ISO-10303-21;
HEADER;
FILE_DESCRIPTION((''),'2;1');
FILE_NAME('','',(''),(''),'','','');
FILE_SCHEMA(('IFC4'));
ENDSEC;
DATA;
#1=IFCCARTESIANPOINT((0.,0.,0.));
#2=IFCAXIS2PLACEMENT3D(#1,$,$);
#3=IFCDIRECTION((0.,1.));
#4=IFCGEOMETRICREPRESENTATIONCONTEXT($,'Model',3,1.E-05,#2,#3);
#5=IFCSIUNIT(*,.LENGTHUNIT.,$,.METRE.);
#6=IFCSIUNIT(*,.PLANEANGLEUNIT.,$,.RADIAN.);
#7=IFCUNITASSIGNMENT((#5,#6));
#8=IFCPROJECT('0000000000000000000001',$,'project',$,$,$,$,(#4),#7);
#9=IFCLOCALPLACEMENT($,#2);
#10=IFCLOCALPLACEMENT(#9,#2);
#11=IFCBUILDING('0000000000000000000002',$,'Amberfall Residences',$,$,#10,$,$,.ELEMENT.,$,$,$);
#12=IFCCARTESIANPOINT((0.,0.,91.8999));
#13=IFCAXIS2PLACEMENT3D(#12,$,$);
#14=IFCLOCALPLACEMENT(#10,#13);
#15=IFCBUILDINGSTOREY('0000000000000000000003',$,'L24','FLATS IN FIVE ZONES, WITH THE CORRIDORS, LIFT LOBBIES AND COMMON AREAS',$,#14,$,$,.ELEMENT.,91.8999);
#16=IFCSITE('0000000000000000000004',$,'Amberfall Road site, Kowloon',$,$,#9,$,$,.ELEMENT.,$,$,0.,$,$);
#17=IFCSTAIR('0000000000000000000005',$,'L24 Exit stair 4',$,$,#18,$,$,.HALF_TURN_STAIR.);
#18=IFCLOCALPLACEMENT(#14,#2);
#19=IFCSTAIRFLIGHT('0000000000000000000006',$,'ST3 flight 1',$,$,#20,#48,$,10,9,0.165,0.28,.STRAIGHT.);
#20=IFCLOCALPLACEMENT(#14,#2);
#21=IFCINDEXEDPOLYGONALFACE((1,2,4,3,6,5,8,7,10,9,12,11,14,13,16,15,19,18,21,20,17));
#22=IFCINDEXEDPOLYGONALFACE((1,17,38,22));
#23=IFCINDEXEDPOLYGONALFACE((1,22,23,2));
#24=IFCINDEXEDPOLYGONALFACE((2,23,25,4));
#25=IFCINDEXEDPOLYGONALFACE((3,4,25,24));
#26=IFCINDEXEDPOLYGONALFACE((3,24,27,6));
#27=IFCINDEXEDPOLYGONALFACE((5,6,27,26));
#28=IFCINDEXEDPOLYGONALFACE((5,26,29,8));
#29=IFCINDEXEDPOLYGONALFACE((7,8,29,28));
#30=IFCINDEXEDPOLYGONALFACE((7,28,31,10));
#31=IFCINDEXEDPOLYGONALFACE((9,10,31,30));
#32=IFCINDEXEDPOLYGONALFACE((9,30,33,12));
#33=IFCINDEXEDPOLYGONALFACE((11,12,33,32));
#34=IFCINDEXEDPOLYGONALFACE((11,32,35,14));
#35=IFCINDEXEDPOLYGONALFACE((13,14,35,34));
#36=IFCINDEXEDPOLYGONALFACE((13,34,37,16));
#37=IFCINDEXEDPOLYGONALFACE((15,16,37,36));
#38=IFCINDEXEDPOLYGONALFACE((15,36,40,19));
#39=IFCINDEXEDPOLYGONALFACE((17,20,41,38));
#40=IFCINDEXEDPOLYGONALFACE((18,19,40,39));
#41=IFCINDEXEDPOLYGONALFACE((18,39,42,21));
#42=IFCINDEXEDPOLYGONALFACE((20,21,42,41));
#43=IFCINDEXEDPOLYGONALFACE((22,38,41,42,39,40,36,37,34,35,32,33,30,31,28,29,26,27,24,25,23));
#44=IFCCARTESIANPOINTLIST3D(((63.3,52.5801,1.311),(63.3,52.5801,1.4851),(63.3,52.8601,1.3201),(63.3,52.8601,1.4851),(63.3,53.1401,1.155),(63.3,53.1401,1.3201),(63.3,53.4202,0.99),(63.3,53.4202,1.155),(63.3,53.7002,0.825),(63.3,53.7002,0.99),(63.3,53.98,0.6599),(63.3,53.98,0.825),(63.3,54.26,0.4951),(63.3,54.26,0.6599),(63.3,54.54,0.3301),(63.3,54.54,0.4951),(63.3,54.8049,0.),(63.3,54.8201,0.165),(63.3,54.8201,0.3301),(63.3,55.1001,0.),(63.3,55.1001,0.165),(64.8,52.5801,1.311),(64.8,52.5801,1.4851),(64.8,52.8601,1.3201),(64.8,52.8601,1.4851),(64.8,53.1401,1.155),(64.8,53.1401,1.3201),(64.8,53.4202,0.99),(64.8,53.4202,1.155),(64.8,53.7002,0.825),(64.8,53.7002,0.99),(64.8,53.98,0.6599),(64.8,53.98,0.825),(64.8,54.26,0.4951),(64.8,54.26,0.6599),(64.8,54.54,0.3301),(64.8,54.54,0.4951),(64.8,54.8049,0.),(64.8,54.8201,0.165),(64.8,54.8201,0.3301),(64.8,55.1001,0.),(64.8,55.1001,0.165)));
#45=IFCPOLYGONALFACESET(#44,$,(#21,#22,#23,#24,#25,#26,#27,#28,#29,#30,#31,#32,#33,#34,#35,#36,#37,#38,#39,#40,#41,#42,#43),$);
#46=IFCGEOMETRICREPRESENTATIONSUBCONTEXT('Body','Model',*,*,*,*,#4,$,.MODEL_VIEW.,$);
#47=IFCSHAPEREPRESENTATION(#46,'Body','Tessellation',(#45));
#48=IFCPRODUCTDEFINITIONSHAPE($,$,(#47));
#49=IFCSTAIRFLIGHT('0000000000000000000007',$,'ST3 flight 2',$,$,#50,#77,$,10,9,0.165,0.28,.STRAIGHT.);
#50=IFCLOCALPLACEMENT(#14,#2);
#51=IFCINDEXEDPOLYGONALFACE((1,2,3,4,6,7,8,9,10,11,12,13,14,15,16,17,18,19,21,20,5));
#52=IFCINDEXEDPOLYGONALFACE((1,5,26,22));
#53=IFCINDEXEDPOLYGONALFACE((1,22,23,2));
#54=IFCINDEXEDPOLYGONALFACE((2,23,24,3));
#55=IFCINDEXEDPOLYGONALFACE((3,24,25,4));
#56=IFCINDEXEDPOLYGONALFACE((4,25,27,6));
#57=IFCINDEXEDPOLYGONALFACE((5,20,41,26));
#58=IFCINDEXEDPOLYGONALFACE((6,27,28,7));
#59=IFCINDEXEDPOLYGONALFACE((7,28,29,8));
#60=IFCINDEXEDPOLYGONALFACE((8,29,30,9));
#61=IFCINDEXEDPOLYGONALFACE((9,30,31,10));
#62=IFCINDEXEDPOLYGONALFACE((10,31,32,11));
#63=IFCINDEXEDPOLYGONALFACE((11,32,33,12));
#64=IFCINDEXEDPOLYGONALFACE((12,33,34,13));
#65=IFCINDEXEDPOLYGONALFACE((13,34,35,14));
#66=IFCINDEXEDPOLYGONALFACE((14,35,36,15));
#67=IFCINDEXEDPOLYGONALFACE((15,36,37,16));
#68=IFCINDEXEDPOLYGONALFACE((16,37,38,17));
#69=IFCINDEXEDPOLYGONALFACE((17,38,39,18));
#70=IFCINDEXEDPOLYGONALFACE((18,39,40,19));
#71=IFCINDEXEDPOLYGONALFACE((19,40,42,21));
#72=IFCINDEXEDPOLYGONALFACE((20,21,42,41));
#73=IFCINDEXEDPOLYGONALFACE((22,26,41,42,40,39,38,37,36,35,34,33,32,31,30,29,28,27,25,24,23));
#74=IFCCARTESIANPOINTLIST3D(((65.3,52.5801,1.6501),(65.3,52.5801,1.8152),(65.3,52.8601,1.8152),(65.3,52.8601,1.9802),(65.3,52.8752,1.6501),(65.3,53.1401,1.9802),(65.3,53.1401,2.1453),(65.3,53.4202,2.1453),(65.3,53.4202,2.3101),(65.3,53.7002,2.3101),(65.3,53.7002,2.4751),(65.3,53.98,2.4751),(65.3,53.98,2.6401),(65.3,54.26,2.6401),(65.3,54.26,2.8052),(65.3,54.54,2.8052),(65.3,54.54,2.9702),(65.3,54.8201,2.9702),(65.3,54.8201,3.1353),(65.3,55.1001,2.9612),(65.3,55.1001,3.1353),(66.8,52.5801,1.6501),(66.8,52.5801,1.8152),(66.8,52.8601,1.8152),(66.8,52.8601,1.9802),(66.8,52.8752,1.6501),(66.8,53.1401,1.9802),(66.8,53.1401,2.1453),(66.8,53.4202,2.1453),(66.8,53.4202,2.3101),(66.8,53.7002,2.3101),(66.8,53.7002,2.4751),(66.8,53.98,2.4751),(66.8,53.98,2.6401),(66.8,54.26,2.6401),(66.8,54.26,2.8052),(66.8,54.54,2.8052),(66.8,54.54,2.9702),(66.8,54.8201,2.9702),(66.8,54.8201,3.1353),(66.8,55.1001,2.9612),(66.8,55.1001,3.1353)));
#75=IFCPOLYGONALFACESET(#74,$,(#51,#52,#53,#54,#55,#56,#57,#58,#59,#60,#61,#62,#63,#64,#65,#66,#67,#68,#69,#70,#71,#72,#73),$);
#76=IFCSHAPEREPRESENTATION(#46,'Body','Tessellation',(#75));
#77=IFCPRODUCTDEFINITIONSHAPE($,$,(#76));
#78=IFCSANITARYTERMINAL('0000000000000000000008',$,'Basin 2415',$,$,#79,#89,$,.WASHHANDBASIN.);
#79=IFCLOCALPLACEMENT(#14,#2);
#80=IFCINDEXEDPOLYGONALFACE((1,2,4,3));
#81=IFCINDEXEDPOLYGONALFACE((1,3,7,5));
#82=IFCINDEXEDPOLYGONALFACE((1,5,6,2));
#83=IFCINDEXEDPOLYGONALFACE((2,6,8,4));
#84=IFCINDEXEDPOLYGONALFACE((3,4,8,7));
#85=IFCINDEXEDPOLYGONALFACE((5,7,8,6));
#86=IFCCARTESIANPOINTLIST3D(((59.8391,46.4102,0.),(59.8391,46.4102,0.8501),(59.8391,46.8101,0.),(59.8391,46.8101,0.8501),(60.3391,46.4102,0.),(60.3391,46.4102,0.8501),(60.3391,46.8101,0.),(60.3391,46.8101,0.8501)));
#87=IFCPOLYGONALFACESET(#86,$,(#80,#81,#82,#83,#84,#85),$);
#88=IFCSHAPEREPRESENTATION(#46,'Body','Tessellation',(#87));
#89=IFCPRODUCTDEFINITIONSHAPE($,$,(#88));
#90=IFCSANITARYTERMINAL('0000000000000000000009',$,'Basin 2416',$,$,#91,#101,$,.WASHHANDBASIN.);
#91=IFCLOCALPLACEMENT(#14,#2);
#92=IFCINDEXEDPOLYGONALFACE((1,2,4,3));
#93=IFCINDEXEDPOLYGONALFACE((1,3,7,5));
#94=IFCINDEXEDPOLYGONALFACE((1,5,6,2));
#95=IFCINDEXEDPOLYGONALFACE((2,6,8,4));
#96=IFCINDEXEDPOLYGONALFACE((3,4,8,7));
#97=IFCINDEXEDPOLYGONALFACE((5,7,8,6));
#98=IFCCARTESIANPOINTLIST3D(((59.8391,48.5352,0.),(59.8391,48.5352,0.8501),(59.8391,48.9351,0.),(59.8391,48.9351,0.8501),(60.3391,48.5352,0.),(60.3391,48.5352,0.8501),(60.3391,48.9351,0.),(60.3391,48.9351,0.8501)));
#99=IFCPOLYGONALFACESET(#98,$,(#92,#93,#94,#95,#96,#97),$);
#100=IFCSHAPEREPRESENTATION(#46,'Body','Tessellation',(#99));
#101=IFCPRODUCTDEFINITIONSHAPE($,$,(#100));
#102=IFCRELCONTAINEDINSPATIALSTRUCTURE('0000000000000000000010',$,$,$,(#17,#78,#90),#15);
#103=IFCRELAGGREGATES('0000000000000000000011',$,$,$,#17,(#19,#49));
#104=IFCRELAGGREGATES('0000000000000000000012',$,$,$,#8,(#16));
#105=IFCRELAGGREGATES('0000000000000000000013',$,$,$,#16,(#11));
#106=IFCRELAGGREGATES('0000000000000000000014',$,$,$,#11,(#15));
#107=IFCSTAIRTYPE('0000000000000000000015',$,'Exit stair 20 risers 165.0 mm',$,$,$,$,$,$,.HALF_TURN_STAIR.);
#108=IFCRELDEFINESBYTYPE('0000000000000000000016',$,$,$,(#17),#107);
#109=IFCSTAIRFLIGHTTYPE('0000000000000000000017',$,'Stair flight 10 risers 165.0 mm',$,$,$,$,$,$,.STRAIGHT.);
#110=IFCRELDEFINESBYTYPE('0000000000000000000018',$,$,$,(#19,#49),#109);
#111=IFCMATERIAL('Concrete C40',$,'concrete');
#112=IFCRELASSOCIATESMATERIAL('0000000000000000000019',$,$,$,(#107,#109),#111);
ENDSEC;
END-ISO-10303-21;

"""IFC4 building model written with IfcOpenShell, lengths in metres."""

from ifc_helpers import new_model, si_unit, direction, frame, origin, origin_2d, place, context, subcontext, project, spatial, polyline, rectangle, outline, extrude, material, type_object, element, aggregate, save


model = new_model("IFC4")

# Units and contexts
model_context = context("Model", 3, precision=1e-05, world=origin(), true_north=direction((0.0, 1.0)))
body_context = subcontext(model_context, "Body", "Model", "MODEL_VIEW")
ifc_project = project(units=[si_unit("LENGTHUNIT", "METRE"), si_unit("PLANEANGLEUNIT", "RADIAN")], contexts=[model_context])

# Site, building, storey
site_placement = place(None, origin())
site = spatial("IfcSite", under=ifc_project, at=site_placement, Name="Amberfall Road site, Kowloon", CompositionType="ELEMENT", RefElevation=0.0)
building_placement = place(site_placement, origin())
building = spatial("IfcBuilding", under=site, at=building_placement, Name="Amberfall Residences", CompositionType="ELEMENT")
storey_placement = place(building_placement, frame((0.0, 0.0, 91.8999)))
storey = spatial("IfcBuildingStorey", under=building, at=storey_placement, Name="L24", Description="FLATS IN FIVE ZONES, WITH THE CORRIDORS, LIFT LOBBIES AND COMMON AREAS", CompositionType="ELEMENT", Elevation=91.8999)

# Stair, stair flights
ifc_material_1 = material(Name="Concrete C40", Category="concrete")
stair_type = type_object("IfcStairType", Name="Exit stair 20 risers 165.0 mm", PredefinedType="HALF_TURN_STAIR", material=ifc_material_1)
stair_placement = place(storey_placement, origin())
stair = element("IfcStair", 1, at=stair_placement, inside=storey, type_object=stair_type, Name="L24 Exit stair 4", PredefinedType="HALF_TURN_STAIR")
stair_flight_type = type_object("IfcStairFlightType", Name="Stair flight 10 risers 165.0 mm", PredefinedType="STRAIGHT", material=ifc_material_1)
stair_flight_1_placement = place(storey_placement, frame((64.05, 55.1001, 0.0), z_axis=(0.0, 0.0, 1.0), x_axis=(0.0, -1.0, 0.0)))
stair_flight_1 = element("IfcStairFlight", 2, at=stair_flight_1_placement, type_object=stair_flight_type, Name="ST3 flight 1", NumberOfRisers=10, NumberOfTreads=9, PredefinedType="STRAIGHT", RiserHeight=0.165, TreadLength=0.28, context=body_context, shape_type="SweptSolid", body=[
    extrude(outline(polyline([(0.0, 0.0), (0.0, 0.165), (0.28, 0.165), (0.28, 0.3301), (0.5601, 0.3301), (0.5601, 0.4951), (0.8401, 0.4951), (0.8401, 0.6599), (1.1201, 0.6599), (1.1201, 0.825), (1.3999, 0.825), (1.3999, 0.99), (1.6799, 0.99), (1.6799, 1.155), (1.96, 1.155), (1.96, 1.3201), (2.24, 1.3201), (2.24, 1.4851), (2.52, 1.4851), (2.52, 1.6499), (2.52, 1.311), (0.2952, 0.0), (0.0, 0.0)])), frame((0.0, 0.75, 0.0), z_axis=(0.0, -1.0, 0.0), x_axis=(1.0, 0.0, 0.0)), (0.0, 0.0, 1.0), 1.5),
])
stair_flight_2_placement = place(storey_placement, frame((66.05, 52.5801, 1.6501), z_axis=(0.0, 0.0, 1.0), x_axis=(0.0, 1.0, 0.0)))
stair_flight_2 = element("IfcStairFlight", 3, at=stair_flight_2_placement, type_object=stair_flight_type, Name="ST3 flight 2", NumberOfRisers=10, NumberOfTreads=9, PredefinedType="STRAIGHT", RiserHeight=0.165, TreadLength=0.28, context=body_context, shape_type="SweptSolid", body=[
    extrude(outline(polyline([(0.0, 0.0), (0.0, 0.165), (0.28, 0.165), (0.28, 0.3301), (0.5601, 0.3301), (0.5601, 0.4951), (0.8401, 0.4951), (0.8401, 0.6599), (1.1201, 0.6599), (1.1201, 0.825), (1.3999, 0.825), (1.3999, 0.99), (1.6799, 0.99), (1.6799, 1.155), (1.96, 1.155), (1.96, 1.3201), (2.24, 1.3201), (2.24, 1.4851), (2.52, 1.4851), (2.52, 1.6499), (2.52, 1.311), (0.2952, 0.0), (0.0, 0.0)])), frame((0.0, 0.75, 0.0), z_axis=(0.0, -1.0, 0.0), x_axis=(1.0, 0.0, 0.0)), (0.0, 0.0, 1.0), 1.5),
])
aggregate(stair, [stair_flight_1, stair_flight_2])

# Sanitary terminals
for number, where, z_axis, x_axis, name in (
    (4, (60.0891, 46.6101, 0.0), (0.0, 0.0, 1.0), (1.0, 0.0, 0.0), "Basin 2415"),
    (5, (60.0891, 48.7351, 0.0), (0.0, 0.0, 1.0), (1.0, 0.0, 0.0), "Basin 2416"),
):
    element("IfcSanitaryTerminal", number, at=place(storey_placement, frame(where, z_axis=z_axis, x_axis=x_axis)), inside=storey, Name=name, PredefinedType="WASHHANDBASIN", context=body_context, shape_type="SweptSolid", body=[
        extrude(rectangle(XDim=0.5, YDim=0.3999, at=origin_2d()), origin(), (0.0, 0.0, 1.0), 0.8501),
    ])

save(model, "model.ifc")
